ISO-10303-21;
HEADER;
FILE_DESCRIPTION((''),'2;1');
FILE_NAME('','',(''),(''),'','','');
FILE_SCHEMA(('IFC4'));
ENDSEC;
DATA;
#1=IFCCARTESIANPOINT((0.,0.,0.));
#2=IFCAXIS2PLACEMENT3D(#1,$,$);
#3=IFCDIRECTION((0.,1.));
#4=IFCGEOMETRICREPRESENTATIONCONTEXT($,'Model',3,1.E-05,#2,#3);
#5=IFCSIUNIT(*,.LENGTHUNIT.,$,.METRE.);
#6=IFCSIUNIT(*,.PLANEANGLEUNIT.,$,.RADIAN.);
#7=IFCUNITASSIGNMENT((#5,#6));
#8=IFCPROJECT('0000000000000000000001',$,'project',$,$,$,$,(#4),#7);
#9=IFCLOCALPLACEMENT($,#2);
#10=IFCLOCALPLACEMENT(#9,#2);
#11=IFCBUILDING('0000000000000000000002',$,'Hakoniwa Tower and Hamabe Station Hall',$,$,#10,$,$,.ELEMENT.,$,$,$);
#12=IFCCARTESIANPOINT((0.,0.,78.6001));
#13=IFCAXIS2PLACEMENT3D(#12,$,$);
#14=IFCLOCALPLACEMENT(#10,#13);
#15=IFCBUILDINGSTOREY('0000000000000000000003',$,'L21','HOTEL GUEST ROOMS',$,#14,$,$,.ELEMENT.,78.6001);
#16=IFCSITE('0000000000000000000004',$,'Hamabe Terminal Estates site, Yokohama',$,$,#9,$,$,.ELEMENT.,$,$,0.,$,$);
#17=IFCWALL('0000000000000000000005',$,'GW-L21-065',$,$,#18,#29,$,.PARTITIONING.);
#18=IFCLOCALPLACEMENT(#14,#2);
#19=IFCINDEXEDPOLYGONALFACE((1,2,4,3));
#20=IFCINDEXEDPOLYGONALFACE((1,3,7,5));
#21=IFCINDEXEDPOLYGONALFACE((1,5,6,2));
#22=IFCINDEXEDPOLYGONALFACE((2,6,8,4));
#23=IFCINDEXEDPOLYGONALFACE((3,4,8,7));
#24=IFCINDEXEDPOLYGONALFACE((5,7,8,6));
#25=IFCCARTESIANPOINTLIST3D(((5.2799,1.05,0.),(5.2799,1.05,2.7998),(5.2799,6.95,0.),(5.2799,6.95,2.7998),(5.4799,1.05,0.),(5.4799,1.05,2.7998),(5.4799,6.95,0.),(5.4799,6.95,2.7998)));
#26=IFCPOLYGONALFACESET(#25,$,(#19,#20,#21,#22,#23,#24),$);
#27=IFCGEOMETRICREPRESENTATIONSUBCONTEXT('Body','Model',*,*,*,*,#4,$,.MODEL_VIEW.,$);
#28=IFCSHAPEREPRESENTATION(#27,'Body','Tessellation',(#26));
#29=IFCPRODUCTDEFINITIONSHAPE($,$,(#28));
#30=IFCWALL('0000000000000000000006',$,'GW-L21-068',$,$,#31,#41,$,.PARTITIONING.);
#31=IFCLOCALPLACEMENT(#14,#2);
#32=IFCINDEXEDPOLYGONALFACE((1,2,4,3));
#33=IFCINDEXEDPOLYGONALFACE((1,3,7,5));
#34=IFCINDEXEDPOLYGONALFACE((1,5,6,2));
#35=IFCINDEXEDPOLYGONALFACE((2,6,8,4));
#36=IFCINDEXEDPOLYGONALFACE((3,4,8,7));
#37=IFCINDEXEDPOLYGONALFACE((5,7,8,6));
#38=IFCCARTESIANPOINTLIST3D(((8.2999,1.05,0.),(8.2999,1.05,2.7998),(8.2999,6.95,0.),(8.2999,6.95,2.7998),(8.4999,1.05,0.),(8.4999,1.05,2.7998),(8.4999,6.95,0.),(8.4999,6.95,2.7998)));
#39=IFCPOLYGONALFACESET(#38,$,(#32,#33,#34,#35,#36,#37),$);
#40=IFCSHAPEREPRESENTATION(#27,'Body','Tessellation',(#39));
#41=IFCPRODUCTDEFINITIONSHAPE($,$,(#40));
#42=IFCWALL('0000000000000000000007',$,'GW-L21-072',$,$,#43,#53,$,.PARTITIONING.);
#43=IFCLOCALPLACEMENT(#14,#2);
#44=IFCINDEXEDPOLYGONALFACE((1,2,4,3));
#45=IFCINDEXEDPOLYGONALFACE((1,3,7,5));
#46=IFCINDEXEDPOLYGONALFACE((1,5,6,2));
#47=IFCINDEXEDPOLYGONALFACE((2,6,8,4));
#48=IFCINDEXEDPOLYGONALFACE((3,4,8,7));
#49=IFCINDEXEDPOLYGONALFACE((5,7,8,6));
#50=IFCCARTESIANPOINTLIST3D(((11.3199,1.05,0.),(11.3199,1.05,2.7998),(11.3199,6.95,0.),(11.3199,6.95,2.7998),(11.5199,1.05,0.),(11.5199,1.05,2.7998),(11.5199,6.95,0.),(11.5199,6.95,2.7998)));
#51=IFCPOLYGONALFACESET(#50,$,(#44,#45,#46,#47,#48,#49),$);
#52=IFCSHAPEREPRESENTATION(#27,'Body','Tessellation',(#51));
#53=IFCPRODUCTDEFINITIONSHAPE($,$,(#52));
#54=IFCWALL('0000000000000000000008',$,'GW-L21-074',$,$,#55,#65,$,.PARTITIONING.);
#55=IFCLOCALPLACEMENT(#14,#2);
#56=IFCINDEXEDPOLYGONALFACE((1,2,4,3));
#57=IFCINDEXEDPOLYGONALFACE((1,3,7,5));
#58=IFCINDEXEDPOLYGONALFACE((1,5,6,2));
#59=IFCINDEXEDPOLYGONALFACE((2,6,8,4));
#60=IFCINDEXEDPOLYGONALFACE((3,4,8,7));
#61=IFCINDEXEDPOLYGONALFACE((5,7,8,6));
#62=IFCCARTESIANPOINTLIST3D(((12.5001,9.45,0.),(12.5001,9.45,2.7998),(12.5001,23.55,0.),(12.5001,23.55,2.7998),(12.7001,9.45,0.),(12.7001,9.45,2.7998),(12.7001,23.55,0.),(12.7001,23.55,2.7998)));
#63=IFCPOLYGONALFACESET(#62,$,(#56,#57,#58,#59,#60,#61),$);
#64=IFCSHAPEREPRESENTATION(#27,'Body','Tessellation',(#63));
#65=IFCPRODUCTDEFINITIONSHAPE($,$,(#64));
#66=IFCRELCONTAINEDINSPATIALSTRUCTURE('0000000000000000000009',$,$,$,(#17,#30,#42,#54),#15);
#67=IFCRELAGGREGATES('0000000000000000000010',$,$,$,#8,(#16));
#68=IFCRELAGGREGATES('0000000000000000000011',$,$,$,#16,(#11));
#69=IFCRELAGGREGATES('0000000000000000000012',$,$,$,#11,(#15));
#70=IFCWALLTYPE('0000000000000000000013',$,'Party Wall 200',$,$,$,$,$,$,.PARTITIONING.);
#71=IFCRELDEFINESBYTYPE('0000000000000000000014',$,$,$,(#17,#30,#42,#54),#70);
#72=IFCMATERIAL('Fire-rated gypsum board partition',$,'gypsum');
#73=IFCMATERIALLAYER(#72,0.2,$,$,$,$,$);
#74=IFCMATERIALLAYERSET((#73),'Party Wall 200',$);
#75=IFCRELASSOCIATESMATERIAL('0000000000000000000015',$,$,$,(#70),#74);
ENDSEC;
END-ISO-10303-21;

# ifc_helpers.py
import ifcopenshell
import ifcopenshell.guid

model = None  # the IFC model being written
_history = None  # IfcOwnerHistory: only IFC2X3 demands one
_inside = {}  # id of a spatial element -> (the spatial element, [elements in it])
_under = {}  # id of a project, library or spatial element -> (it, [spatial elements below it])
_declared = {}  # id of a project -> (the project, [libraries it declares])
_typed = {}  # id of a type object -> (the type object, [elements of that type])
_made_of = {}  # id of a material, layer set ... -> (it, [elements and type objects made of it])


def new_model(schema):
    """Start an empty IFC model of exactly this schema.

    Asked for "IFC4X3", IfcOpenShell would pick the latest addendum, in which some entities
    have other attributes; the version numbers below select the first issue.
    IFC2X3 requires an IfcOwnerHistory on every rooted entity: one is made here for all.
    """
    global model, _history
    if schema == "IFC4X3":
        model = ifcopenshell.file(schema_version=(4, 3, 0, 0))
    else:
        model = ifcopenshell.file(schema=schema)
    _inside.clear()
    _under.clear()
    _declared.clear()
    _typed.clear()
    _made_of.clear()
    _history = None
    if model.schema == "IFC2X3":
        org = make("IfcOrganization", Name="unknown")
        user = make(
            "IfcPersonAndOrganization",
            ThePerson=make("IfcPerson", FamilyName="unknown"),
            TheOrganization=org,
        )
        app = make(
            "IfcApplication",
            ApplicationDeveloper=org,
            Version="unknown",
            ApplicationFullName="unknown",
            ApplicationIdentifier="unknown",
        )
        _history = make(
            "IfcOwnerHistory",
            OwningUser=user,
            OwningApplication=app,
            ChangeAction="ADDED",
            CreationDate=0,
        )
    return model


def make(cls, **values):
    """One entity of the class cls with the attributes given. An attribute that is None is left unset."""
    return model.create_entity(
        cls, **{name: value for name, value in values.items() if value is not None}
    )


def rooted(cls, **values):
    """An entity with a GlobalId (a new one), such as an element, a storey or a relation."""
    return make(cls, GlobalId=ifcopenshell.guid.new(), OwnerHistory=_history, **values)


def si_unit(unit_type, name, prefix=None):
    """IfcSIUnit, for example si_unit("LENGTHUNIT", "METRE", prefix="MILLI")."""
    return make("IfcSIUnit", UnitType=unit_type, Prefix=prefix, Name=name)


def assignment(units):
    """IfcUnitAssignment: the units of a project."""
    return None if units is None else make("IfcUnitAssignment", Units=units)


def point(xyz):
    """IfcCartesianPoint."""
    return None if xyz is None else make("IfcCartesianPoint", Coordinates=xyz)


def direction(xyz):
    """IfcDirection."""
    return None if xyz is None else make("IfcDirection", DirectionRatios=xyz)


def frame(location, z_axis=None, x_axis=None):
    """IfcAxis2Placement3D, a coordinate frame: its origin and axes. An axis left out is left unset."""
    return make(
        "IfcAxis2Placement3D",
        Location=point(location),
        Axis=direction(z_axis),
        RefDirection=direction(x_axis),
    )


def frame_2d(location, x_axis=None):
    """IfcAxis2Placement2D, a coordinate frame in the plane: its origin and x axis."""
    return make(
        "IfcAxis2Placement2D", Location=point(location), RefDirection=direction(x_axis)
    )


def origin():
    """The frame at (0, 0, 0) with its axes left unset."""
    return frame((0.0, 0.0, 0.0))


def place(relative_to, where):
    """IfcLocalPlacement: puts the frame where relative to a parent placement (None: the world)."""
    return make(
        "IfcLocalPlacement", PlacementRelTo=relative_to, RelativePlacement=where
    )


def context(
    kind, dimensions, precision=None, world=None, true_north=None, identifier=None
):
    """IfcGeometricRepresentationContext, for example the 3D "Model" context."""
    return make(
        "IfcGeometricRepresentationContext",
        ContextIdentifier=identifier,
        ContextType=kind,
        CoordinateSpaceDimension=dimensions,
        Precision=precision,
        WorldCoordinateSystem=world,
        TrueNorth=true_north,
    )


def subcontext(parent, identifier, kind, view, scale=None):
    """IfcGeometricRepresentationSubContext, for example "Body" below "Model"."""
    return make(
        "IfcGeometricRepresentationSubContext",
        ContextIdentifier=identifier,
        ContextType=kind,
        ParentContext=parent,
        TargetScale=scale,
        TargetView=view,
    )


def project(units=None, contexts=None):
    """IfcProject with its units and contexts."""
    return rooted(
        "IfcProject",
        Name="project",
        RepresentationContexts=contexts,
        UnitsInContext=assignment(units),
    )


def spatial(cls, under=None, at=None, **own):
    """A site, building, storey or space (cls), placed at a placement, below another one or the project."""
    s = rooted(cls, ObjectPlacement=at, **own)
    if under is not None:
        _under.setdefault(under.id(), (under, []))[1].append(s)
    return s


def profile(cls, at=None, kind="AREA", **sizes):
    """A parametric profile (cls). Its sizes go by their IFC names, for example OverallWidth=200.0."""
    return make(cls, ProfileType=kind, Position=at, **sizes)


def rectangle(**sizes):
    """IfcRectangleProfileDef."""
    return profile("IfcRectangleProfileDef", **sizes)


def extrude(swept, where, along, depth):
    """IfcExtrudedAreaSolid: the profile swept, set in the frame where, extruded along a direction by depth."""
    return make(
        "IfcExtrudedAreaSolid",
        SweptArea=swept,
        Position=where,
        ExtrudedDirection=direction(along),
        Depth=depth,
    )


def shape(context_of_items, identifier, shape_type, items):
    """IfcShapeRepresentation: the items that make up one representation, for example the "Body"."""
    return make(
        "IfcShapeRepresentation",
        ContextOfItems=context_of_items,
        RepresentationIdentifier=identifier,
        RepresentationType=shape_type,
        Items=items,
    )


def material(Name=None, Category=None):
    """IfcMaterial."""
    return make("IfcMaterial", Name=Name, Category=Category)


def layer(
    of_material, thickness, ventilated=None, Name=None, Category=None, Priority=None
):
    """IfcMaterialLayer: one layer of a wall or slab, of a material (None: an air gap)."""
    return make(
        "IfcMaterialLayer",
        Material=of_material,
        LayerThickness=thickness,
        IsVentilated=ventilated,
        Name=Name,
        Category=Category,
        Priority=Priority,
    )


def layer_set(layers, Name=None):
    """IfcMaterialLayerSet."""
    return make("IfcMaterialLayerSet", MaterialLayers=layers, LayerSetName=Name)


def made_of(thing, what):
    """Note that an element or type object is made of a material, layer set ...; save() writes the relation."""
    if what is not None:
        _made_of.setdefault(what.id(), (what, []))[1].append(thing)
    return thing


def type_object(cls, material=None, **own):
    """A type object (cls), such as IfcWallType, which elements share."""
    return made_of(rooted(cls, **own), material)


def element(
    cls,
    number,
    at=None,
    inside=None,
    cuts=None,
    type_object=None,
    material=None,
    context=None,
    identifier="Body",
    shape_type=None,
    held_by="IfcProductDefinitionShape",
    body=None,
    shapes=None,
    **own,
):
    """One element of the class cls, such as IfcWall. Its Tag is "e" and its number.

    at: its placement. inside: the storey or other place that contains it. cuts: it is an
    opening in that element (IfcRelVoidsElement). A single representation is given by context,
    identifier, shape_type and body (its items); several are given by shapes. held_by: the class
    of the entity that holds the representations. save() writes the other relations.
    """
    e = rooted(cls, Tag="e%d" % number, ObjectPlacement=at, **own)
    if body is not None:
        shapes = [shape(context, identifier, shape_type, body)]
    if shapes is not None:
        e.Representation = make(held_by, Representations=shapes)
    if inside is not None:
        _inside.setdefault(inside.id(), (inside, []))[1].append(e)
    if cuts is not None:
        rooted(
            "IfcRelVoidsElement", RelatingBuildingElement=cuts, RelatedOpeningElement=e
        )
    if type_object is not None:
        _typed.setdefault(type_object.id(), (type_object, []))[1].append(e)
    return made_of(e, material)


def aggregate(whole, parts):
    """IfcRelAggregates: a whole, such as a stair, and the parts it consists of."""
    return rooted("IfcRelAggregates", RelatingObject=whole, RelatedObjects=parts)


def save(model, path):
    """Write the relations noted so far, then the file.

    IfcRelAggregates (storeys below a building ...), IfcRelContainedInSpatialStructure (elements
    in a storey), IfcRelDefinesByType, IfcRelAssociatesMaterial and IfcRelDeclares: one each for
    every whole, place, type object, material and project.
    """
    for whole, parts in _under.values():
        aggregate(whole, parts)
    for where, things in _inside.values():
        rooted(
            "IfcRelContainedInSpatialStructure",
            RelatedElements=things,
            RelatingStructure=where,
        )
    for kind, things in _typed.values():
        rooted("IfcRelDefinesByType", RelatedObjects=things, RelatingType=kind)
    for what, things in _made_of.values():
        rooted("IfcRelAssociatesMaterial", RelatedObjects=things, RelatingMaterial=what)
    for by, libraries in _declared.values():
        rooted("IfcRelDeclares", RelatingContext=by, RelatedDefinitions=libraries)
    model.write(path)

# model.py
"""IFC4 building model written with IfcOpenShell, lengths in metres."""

from ifc_helpers import new_model, si_unit, direction, frame, frame_2d, origin, place, context, subcontext, project, spatial, rectangle, extrude, material, layer, layer_set, type_object, element, save


model = new_model("IFC4")

# Units and contexts
model_context = context("Model", 3, precision=1e-05, world=origin(), true_north=direction((0.0, 1.0)))
body_context = subcontext(model_context, "Body", "Model", "MODEL_VIEW")
ifc_project = project(units=[si_unit("LENGTHUNIT", "METRE"), si_unit("PLANEANGLEUNIT", "RADIAN")], contexts=[model_context])

# Site, building, storey
site_placement = place(None, origin())
site = spatial("IfcSite", under=ifc_project, at=site_placement, Name="Hamabe Terminal Estates site, Yokohama", CompositionType="ELEMENT", RefElevation=0.0)
building_placement = place(site_placement, origin())
building = spatial("IfcBuilding", under=site, at=building_placement, Name="Hakoniwa Tower and Hamabe Station Hall", CompositionType="ELEMENT")
storey_placement = place(building_placement, frame((0.0, 0.0, 78.6001)))
storey = spatial("IfcBuildingStorey", under=building, at=storey_placement, Name="L21", Description="HOTEL GUEST ROOMS", CompositionType="ELEMENT", Elevation=78.6001)

# Walls
ifc_material_1 = material(Name="Fire-rated gypsum board partition", Category="gypsum")
ifc_layer_1 = layer(ifc_material_1, 0.2)
ifc_layer_set_1 = layer_set([ifc_layer_1], Name="Party Wall 200")
wall_type_1 = type_object("IfcWallType", Name="Party Wall 200", PredefinedType="PARTITIONING", material=ifc_layer_set_1)
for number, where, z_axis, x_axis, name in (
    (1, (5.3799, 1.05, 0.0), (0.0, 0.0, 1.0), (0.0, 1.0, 0.0), "GW-L21-065"),
    (2, (8.3999, 1.05, 0.0), (0.0, 0.0, 1.0), (0.0, 1.0, 0.0), "GW-L21-068"),
    (3, (11.4199, 1.05, 0.0), (0.0, 0.0, 1.0), (0.0, 1.0, 0.0), "GW-L21-072"),
):
    element("IfcWall", number, at=place(storey_placement, frame(where, z_axis=z_axis, x_axis=x_axis)), inside=storey, type_object=wall_type_1, Name=name, PredefinedType="PARTITIONING", context=body_context, shape_type="SweptSolid", body=[
        extrude(rectangle(XDim=5.8999, YDim=0.2, at=frame_2d((2.95, 0.0))), origin(), (0.0, 0.0, 1.0), 2.7998),
    ])
wall_1_placement = place(storey_placement, frame((12.6001, 9.45, 0.0), z_axis=(0.0, 0.0, 1.0), x_axis=(0.0, 1.0, 0.0)))
element("IfcWall", 4, at=wall_1_placement, inside=storey, type_object=wall_type_1, Name="GW-L21-074", PredefinedType="PARTITIONING", context=body_context, shape_type="SweptSolid", body=[
    extrude(rectangle(XDim=14.1001, YDim=0.2, at=frame_2d((7.05, 0.0))), origin(), (0.0, 0.0, 1.0), 2.7998),
])

save(model, "model.ifc")
